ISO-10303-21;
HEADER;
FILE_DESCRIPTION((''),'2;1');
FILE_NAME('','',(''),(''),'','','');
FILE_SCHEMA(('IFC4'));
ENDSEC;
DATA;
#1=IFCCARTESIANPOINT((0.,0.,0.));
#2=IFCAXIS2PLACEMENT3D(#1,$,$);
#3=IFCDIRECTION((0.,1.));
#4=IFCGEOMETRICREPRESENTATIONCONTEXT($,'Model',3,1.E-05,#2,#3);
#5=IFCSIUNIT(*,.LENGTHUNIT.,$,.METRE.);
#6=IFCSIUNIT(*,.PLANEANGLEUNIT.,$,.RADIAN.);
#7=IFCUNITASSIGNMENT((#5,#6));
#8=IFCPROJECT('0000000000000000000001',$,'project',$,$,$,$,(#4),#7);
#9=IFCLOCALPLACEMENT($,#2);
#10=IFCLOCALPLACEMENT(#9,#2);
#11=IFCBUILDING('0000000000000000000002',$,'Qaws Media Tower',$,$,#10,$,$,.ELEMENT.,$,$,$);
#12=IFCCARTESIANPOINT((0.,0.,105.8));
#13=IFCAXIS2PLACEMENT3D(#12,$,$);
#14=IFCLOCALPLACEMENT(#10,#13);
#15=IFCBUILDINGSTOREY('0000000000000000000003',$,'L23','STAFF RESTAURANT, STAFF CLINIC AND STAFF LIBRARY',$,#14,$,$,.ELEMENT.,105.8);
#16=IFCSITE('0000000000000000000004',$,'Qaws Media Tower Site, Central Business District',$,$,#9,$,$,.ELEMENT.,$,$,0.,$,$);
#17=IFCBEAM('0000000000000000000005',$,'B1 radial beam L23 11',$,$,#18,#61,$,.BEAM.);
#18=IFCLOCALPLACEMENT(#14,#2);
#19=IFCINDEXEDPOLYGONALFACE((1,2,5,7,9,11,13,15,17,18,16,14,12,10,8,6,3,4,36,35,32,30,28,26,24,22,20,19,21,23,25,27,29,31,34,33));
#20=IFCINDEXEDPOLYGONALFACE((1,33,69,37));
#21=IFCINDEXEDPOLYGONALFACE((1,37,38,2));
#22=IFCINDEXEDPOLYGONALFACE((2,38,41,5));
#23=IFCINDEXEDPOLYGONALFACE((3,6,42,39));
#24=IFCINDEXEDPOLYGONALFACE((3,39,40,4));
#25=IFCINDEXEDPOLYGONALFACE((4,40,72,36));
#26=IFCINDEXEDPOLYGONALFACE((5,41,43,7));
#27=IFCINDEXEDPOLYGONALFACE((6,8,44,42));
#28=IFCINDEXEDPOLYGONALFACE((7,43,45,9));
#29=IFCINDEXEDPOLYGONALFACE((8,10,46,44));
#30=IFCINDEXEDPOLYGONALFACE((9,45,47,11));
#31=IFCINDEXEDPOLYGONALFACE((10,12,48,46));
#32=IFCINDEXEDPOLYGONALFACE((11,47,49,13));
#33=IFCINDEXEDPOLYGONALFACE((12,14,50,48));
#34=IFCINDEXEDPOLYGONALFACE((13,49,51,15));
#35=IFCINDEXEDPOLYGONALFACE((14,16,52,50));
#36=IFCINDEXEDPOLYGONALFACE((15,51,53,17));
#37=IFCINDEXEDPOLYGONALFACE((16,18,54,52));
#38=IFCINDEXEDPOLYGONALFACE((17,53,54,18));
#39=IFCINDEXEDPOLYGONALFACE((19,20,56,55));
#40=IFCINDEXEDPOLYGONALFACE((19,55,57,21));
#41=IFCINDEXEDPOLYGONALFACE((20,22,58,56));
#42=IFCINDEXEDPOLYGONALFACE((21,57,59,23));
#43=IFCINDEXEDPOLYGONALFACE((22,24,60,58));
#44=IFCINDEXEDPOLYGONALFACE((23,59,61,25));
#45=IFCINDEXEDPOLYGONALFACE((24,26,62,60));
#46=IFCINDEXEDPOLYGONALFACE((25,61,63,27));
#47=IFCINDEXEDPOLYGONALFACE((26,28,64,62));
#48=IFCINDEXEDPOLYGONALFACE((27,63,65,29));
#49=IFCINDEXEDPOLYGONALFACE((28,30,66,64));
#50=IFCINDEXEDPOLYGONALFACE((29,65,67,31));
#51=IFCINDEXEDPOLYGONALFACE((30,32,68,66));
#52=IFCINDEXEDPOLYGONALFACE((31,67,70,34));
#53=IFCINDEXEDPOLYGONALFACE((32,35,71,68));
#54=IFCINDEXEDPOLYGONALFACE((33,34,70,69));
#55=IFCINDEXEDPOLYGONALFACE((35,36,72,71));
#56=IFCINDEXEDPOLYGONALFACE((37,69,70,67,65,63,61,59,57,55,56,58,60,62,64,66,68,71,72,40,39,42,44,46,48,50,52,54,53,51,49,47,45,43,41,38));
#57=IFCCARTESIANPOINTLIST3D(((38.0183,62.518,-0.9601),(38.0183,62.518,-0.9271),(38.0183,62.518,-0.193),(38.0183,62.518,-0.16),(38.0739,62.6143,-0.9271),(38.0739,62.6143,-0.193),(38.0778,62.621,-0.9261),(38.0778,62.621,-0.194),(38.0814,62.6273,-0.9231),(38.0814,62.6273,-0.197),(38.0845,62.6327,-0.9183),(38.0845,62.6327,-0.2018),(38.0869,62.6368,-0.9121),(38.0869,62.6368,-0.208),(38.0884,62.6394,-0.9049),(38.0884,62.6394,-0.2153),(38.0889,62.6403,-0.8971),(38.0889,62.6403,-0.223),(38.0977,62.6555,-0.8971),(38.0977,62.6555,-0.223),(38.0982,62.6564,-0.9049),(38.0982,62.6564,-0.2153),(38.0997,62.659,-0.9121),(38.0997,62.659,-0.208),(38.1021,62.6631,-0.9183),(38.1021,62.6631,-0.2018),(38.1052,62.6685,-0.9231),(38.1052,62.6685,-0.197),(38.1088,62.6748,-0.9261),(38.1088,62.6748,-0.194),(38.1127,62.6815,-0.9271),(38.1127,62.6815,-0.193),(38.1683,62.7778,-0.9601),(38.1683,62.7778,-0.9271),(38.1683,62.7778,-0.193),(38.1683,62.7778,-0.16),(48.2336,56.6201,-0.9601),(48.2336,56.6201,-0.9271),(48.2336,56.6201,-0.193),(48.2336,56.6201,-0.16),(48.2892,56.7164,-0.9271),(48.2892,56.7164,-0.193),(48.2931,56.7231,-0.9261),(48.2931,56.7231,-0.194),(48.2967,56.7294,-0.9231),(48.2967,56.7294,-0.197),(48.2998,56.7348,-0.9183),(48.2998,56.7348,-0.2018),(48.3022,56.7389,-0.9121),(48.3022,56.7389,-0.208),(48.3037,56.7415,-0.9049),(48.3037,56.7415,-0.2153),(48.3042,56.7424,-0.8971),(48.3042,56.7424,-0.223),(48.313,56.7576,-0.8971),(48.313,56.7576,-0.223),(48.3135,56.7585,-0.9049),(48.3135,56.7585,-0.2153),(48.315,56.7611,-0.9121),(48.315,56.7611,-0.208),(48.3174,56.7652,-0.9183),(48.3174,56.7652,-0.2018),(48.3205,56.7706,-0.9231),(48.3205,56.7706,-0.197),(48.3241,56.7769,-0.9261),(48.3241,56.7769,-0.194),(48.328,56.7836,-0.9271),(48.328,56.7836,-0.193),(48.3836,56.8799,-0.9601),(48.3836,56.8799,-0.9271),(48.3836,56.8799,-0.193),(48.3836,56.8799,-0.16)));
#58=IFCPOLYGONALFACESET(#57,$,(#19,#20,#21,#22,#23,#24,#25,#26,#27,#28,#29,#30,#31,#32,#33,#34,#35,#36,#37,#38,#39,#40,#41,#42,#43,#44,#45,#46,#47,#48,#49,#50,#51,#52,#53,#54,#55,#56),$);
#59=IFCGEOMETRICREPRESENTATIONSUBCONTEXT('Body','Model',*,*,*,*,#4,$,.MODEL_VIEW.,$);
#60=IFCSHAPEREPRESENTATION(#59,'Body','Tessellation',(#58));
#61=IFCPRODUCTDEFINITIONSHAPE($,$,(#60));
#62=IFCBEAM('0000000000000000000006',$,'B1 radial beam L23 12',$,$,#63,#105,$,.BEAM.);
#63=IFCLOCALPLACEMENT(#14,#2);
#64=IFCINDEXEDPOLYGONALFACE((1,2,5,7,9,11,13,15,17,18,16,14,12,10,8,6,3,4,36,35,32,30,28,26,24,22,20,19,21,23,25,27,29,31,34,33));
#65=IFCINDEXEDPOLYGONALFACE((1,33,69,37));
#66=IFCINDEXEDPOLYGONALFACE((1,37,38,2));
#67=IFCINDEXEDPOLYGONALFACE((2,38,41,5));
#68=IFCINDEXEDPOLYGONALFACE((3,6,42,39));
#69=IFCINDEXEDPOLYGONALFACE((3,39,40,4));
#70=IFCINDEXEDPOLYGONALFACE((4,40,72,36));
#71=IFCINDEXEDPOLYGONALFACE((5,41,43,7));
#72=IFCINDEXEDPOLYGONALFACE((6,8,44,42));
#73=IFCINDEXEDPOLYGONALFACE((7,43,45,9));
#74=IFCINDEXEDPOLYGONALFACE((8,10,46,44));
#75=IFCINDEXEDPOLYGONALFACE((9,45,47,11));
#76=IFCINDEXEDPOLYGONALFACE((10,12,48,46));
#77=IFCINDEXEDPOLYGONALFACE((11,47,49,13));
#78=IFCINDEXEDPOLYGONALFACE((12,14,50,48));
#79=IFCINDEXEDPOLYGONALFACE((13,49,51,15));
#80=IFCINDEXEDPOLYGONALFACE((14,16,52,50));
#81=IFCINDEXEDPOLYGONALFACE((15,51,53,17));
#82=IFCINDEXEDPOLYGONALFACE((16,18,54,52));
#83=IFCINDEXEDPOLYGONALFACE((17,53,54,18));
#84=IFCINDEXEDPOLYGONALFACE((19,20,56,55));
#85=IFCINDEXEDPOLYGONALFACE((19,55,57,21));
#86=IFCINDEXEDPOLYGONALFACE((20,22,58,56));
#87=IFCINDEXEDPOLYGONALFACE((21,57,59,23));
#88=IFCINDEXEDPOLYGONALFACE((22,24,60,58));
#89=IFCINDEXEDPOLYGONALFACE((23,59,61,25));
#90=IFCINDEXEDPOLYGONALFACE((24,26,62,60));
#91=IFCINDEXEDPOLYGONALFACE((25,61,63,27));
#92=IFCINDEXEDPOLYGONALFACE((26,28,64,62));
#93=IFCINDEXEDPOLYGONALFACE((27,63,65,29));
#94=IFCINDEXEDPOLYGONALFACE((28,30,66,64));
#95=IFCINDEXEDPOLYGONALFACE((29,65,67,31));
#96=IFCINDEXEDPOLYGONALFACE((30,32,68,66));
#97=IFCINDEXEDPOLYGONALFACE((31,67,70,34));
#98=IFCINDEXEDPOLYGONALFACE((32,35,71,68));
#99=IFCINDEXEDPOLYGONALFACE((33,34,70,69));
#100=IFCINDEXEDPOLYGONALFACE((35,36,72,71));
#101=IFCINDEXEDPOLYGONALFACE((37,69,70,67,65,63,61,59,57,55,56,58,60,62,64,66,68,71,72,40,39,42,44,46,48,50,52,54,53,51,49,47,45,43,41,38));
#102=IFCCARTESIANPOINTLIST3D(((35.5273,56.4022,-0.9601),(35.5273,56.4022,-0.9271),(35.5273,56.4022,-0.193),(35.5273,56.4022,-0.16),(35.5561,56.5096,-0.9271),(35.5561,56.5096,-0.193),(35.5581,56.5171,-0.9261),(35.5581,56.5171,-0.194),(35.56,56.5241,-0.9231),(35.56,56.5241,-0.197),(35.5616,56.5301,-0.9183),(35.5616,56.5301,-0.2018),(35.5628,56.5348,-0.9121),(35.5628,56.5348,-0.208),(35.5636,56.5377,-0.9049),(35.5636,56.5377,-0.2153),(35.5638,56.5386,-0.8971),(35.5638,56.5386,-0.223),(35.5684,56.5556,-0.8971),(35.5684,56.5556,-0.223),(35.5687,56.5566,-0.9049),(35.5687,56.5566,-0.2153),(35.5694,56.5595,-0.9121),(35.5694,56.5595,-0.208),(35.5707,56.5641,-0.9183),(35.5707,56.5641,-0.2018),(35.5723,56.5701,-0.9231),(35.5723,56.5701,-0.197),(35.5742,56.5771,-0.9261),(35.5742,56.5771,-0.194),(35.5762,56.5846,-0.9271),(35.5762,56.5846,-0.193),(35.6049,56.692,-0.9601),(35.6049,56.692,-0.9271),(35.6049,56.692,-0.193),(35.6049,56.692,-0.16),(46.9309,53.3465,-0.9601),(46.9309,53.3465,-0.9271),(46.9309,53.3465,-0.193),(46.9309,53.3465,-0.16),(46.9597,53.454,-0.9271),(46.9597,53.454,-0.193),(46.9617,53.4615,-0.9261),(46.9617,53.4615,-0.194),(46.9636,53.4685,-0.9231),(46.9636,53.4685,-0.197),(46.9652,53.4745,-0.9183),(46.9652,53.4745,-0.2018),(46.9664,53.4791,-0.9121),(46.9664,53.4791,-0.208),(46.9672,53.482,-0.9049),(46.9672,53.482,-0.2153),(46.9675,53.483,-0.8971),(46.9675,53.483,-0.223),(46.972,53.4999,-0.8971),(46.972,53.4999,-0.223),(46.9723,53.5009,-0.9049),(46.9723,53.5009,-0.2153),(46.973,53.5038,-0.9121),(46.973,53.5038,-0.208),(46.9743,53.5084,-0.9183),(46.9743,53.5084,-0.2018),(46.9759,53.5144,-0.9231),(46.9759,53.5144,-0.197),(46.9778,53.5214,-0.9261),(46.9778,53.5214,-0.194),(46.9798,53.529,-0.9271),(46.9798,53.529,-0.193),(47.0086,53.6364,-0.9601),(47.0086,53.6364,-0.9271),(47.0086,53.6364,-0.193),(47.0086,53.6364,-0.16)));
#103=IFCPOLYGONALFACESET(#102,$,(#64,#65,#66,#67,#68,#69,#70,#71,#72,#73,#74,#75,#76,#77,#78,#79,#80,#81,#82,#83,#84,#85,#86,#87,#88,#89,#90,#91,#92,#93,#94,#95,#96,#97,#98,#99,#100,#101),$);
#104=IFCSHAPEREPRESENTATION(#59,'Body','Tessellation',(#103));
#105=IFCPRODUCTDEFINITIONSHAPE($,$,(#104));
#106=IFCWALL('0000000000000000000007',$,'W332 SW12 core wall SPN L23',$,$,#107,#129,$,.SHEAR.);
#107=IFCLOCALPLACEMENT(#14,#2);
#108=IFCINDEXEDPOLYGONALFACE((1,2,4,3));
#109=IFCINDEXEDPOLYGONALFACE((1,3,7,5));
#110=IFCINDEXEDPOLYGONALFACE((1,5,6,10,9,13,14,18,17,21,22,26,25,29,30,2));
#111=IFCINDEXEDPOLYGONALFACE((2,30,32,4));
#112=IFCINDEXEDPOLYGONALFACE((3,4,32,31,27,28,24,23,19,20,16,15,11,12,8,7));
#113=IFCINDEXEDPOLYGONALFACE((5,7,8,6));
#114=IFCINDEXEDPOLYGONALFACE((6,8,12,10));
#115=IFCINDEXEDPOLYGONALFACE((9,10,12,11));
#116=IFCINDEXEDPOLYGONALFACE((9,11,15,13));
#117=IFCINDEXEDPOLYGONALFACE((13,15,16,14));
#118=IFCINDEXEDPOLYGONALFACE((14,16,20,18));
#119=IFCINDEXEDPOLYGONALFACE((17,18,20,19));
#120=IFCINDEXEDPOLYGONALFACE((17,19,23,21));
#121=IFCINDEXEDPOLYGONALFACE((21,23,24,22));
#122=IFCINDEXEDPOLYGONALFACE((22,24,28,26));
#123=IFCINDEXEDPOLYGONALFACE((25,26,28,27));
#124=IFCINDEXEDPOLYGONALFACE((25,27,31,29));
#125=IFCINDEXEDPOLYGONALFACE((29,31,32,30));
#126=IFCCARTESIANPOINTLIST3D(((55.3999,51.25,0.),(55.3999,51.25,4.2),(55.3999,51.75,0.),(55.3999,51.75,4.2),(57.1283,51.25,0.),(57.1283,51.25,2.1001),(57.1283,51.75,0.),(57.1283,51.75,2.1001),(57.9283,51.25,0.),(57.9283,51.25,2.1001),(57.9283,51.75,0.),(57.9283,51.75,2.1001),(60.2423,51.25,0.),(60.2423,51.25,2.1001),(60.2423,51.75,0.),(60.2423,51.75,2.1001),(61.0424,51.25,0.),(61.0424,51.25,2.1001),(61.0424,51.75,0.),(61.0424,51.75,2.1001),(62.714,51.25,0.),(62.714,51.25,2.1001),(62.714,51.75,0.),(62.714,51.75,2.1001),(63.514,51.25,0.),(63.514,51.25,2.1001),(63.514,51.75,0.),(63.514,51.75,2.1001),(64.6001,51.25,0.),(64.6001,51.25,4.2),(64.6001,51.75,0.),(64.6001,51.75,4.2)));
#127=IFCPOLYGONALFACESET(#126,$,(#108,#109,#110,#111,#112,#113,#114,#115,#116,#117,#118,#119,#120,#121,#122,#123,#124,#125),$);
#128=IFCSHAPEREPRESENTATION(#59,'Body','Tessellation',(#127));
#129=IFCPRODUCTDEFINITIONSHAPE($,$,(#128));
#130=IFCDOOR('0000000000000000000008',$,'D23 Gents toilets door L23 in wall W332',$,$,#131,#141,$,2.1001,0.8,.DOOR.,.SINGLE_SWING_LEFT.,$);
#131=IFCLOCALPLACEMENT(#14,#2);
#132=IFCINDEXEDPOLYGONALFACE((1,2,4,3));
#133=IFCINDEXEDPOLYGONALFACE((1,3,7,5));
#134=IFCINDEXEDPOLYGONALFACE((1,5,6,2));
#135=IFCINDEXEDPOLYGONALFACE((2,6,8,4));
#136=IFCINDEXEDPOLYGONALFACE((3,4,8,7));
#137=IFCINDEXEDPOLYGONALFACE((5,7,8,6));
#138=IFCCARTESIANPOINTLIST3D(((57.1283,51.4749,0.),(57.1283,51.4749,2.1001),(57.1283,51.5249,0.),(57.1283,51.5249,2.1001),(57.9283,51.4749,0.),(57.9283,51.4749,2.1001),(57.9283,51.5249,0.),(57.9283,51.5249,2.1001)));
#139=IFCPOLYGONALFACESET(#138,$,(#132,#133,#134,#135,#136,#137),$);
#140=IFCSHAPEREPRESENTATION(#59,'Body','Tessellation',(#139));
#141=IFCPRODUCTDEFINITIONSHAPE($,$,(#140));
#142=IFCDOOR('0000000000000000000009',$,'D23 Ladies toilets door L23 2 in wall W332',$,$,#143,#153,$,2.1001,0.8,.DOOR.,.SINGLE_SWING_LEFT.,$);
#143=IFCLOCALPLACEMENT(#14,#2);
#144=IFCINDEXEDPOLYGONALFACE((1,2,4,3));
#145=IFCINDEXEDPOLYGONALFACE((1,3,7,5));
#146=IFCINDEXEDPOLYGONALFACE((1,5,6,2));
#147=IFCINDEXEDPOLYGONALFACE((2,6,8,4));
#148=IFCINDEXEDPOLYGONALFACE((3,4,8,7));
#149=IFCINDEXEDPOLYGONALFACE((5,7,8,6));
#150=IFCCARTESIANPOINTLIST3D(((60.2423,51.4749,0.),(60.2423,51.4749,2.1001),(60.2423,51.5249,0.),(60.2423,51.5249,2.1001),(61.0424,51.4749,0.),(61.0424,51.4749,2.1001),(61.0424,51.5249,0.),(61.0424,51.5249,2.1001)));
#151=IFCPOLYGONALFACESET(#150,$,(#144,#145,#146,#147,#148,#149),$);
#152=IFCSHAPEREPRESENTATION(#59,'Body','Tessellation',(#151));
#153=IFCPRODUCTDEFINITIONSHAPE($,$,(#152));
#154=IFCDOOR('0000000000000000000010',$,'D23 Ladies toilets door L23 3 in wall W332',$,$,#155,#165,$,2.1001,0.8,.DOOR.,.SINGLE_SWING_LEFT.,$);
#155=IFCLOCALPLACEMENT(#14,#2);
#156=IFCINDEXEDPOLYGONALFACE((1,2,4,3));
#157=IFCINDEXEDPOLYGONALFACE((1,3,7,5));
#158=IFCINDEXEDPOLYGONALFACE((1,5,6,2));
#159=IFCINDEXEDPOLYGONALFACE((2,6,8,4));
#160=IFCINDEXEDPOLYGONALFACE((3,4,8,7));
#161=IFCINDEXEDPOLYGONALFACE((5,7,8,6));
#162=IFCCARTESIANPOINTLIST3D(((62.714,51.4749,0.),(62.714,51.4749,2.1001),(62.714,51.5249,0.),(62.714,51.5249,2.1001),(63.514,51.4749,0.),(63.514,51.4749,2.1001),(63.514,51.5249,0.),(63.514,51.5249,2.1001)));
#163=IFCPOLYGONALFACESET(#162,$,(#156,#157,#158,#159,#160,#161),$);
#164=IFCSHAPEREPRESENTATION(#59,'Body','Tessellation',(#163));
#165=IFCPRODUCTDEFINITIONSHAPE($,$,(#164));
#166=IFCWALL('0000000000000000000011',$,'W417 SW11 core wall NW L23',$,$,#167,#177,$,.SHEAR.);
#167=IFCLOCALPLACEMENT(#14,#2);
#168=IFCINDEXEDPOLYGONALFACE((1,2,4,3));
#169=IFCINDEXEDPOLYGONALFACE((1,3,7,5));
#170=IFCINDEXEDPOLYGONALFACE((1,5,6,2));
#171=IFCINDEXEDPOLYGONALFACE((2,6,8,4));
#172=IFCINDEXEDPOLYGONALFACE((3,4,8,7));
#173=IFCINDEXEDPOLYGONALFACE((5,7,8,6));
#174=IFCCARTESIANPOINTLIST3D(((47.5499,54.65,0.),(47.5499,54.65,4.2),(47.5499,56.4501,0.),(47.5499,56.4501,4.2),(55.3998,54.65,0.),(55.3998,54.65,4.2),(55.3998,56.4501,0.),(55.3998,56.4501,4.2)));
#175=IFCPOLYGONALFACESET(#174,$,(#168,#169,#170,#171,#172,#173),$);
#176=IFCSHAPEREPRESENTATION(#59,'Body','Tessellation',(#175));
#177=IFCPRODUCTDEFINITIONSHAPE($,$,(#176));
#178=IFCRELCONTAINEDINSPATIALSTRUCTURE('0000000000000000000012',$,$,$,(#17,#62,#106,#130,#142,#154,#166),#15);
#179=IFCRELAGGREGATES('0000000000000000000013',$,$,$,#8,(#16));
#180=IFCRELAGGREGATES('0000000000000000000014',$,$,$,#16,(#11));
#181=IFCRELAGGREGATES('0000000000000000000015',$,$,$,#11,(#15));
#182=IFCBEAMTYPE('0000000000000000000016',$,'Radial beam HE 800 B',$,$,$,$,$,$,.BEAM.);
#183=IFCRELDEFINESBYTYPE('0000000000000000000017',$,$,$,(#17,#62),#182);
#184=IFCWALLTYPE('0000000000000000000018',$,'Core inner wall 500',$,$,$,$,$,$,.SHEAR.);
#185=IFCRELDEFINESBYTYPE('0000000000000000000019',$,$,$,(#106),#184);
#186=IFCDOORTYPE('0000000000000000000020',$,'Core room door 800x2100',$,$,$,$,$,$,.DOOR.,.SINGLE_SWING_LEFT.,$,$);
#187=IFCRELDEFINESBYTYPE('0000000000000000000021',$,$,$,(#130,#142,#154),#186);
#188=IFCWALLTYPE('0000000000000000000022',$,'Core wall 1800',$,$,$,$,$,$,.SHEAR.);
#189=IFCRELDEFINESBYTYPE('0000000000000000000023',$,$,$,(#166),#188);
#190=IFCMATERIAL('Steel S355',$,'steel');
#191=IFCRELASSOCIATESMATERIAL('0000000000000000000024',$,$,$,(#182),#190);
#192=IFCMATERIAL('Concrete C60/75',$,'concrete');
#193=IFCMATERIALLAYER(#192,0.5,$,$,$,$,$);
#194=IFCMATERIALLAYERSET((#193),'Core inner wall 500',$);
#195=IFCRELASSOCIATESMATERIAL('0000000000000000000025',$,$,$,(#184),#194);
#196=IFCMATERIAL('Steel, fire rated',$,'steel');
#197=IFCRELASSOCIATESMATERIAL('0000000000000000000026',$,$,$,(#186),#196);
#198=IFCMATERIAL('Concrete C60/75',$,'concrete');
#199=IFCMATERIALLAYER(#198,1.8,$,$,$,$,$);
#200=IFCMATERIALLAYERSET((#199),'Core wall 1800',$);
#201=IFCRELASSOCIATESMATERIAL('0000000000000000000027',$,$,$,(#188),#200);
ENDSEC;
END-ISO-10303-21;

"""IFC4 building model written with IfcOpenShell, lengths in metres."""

from ifc_helpers import new_model, si_unit, direction, frame, frame_2d, origin, origin_2d, place, context, subcontext, project, spatial, rectangle, i_section, extrude, material, layer, layer_set, material_profile, profile_set, type_object, element, fill, save


model = new_model("IFC4")

# Units and contexts
model_context = context("Model", 3, precision=1e-05, world=origin(), true_north=direction((0.0, 1.0)))
body_context = subcontext(model_context, "Body", "Model", "MODEL_VIEW")
ifc_project = project(units=[si_unit("LENGTHUNIT", "METRE"), si_unit("PLANEANGLEUNIT", "RADIAN")], contexts=[model_context])

# Site, building, storey
site_placement = place(None, origin())
site = spatial("IfcSite", under=ifc_project, at=site_placement, Name="Qaws Media Tower Site, Central Business District", CompositionType="ELEMENT", RefElevation=0.0)
building_placement = place(site_placement, origin())
building = spatial("IfcBuilding", under=site, at=building_placement, Name="Qaws Media Tower", CompositionType="ELEMENT")
storey_placement = place(building_placement, frame((0.0, 0.0, 105.8)))
storey = spatial("IfcBuildingStorey", under=building, at=storey_placement, Name="L23", Description="STAFF RESTAURANT, STAFF CLINIC AND STAFF LIBRARY", CompositionType="ELEMENT", Elevation=105.8)

# Beams
ifc_material_1 = material(Name="Steel S355", Category="steel")
ifc_material_profile_1 = material_profile(ifc_material_1, i_section(OverallWidth=0.3, OverallDepth=0.8, WebThickness=0.0176, FlangeThickness=0.033, FilletRadius=0.03, at=origin_2d()), Name="HE 800 B")
ifc_profile_set_1 = profile_set([ifc_material_profile_1], Name="Steel S355")
beam_type_1 = type_object("IfcBeamType", Name="Radial beam HE 800 B", PredefinedType="BEAM", material=ifc_profile_set_1)
beam_1_placement = place(storey_placement, frame((48.3086, 56.75, -0.5601), z_axis=(-0.866021, 0.500008, 0.0), x_axis=(-0.500008, -0.866021, 0.0)))
element("IfcBeam", 1, at=beam_1_placement, inside=storey, type_object=beam_type_1, Name="B1 radial beam L23 11", PredefinedType="BEAM", context=body_context, shape_type="SweptSolid", body=[
    extrude(i_section(OverallWidth=0.3, OverallDepth=0.8, WebThickness=0.0176, FlangeThickness=0.033, FilletRadius=0.03, at=origin_2d()), origin(), (0.0, 0.0, 1.0), 11.7957),
])
beam_2_placement = place(storey_placement, frame((46.9697, 53.4915, -0.5601), z_axis=(-0.965924, 0.258826, 0.0), x_axis=(-0.258826, -0.965924, 0.0)))
element("IfcBeam", 2, at=beam_2_placement, inside=storey, type_object=beam_type_1, Name="B1 radial beam L23 12", PredefinedType="BEAM", context=body_context, shape_type="SweptSolid", body=[
    extrude(i_section(OverallWidth=0.3, OverallDepth=0.8, WebThickness=0.0176, FlangeThickness=0.033, FilletRadius=0.03, at=origin_2d()), origin(), (0.0, 0.0, 1.0), 11.8059),
])

# Wall, openings, doors
ifc_material_2 = material(Name="Concrete C60/75", Category="concrete")
ifc_layer_1 = layer(ifc_material_2, 0.5)
ifc_layer_set_1 = layer_set([ifc_layer_1], Name="Core inner wall 500")
wall_type_1 = type_object("IfcWallType", Name="Core inner wall 500", PredefinedType="SHEAR", material=ifc_layer_set_1)
wall_1_placement = place(storey_placement, frame((55.3999, 51.5, 0.0), z_axis=(0.0, 0.0, 1.0), x_axis=(1.0, 0.0, 0.0)))
wall_1 = element("IfcWall", 3, at=wall_1_placement, inside=storey, type_object=wall_type_1, Name="W332 SW12 core wall SPN L23", PredefinedType="SHEAR", context=body_context, shape_type="SweptSolid", body=[
    extrude(rectangle(XDim=9.2002, YDim=0.5, at=frame_2d((4.6001, 0.0))), origin(), (0.0, 0.0, 1.0), 4.2),
])
opening_1_placement = place(wall_1_placement, frame((1.7285, 0.0, 0.0)))
opening_1 = element("IfcOpeningElement", 4, at=opening_1_placement, cuts=wall_1, PredefinedType="OPENING", context=body_context, shape_type="SweptSolid", body=[
    extrude(rectangle(XDim=0.8, YDim=2.1001, at=frame_2d((0.3999, 1.05))), frame((0.0, 0.26, 0.0), z_axis=(0.0, -1.0, 0.0), x_axis=(1.0, 0.0, 0.0)), (0.0, 0.0, 1.0), 0.52),
])
opening_2_placement = place(wall_1_placement, frame((4.8425, 0.0, 0.0)))
opening_2 = element("IfcOpeningElement", 5, at=opening_2_placement, cuts=wall_1, PredefinedType="OPENING", context=body_context, shape_type="SweptSolid", body=[
    extrude(rectangle(XDim=0.8, YDim=2.1001, at=frame_2d((0.3999, 1.05))), frame((0.0, 0.26, 0.0), z_axis=(0.0, -1.0, 0.0), x_axis=(1.0, 0.0, 0.0)), (0.0, 0.0, 1.0), 0.52),
])
opening_3_placement = place(wall_1_placement, frame((7.3142, 0.0, 0.0)))
opening_3 = element("IfcOpeningElement", 6, at=opening_3_placement, cuts=wall_1, PredefinedType="OPENING", context=body_context, shape_type="SweptSolid", body=[
    extrude(rectangle(XDim=0.8, YDim=2.1001, at=frame_2d((0.3999, 1.05))), frame((0.0, 0.26, 0.0), z_axis=(0.0, -1.0, 0.0), x_axis=(1.0, 0.0, 0.0)), (0.0, 0.0, 1.0), 0.52),
])
ifc_material_3 = material(Name="Steel, fire rated", Category="steel")
door_type_1 = type_object("IfcDoorType", Name="Core room door 800x2100", OperationType="SINGLE_SWING_LEFT", PredefinedType="DOOR", material=ifc_material_3)
door_1_placement = place(opening_1_placement, origin())
door_1 = element("IfcDoor", 7, at=door_1_placement, inside=storey, type_object=door_type_1, Name="D23 Gents toilets door L23 in wall W332", OperationType="SINGLE_SWING_LEFT", OverallHeight=2.1001, OverallWidth=0.8, PredefinedType="DOOR", context=body_context, shape_type="SweptSolid", body=[
    extrude(rectangle(XDim=0.8, YDim=2.1001, at=frame_2d((0.3999, 1.05))), frame((0.0, 0.0249, 0.0), z_axis=(0.0, -1.0, 0.0), x_axis=(1.0, 0.0, 0.0)), (0.0, 0.0, 1.0), 0.05),
])
fill(opening_1, door_1)
door_2_placement = place(opening_2_placement, origin())
door_2 = element("IfcDoor", 8, at=door_2_placement, inside=storey, type_object=door_type_1, Name="D23 Ladies toilets door L23 2 in wall W332", OperationType="SINGLE_SWING_LEFT", OverallHeight=2.1001, OverallWidth=0.8, PredefinedType="DOOR", context=body_context, shape_type="SweptSolid", body=[
    extrude(rectangle(XDim=0.8, YDim=2.1001, at=frame_2d((0.3999, 1.05))), frame((0.0, 0.0249, 0.0), z_axis=(0.0, -1.0, 0.0), x_axis=(1.0, 0.0, 0.0)), (0.0, 0.0, 1.0), 0.05),
])
fill(opening_2, door_2)
door_3_placement = place(opening_3_placement, origin())
door_3 = element("IfcDoor", 9, at=door_3_placement, inside=storey, type_object=door_type_1, Name="D23 Ladies toilets door L23 3 in wall W332", OperationType="SINGLE_SWING_LEFT", OverallHeight=2.1001, OverallWidth=0.8, PredefinedType="DOOR", context=body_context, shape_type="SweptSolid", body=[
    extrude(rectangle(XDim=0.8, YDim=2.1001, at=frame_2d((0.3999, 1.05))), frame((0.0, 0.0249, 0.0), z_axis=(0.0, -1.0, 0.0), x_axis=(1.0, 0.0, 0.0)), (0.0, 0.0, 1.0), 0.05),
])
fill(opening_3, door_3)

# Wall
ifc_material_4 = material(Name="Concrete C60/75", Category="concrete")
ifc_layer_2 = layer(ifc_material_4, 1.8)
ifc_layer_set_2 = layer_set([ifc_layer_2], Name="Core wall 1800")
wall_type_2 = type_object("IfcWallType", Name="Core wall 1800", PredefinedType="SHEAR", material=ifc_layer_set_2)
wall_2_placement = place(storey_placement, frame((47.55, 55.55, 0.0), z_axis=(0.0, 0.0, 1.0), x_axis=(1.0, 0.0, 0.0)))
element("IfcWall", 10, at=wall_2_placement, inside=storey, type_object=wall_type_2, Name="W417 SW11 core wall NW L23", PredefinedType="SHEAR", context=body_context, shape_type="SweptSolid", body=[
    extrude(rectangle(XDim=7.8499, YDim=1.8, at=frame_2d((3.9248, 0.0))), origin(), (0.0, 0.0, 1.0), 4.2),
])

save(model, "model.ifc")
